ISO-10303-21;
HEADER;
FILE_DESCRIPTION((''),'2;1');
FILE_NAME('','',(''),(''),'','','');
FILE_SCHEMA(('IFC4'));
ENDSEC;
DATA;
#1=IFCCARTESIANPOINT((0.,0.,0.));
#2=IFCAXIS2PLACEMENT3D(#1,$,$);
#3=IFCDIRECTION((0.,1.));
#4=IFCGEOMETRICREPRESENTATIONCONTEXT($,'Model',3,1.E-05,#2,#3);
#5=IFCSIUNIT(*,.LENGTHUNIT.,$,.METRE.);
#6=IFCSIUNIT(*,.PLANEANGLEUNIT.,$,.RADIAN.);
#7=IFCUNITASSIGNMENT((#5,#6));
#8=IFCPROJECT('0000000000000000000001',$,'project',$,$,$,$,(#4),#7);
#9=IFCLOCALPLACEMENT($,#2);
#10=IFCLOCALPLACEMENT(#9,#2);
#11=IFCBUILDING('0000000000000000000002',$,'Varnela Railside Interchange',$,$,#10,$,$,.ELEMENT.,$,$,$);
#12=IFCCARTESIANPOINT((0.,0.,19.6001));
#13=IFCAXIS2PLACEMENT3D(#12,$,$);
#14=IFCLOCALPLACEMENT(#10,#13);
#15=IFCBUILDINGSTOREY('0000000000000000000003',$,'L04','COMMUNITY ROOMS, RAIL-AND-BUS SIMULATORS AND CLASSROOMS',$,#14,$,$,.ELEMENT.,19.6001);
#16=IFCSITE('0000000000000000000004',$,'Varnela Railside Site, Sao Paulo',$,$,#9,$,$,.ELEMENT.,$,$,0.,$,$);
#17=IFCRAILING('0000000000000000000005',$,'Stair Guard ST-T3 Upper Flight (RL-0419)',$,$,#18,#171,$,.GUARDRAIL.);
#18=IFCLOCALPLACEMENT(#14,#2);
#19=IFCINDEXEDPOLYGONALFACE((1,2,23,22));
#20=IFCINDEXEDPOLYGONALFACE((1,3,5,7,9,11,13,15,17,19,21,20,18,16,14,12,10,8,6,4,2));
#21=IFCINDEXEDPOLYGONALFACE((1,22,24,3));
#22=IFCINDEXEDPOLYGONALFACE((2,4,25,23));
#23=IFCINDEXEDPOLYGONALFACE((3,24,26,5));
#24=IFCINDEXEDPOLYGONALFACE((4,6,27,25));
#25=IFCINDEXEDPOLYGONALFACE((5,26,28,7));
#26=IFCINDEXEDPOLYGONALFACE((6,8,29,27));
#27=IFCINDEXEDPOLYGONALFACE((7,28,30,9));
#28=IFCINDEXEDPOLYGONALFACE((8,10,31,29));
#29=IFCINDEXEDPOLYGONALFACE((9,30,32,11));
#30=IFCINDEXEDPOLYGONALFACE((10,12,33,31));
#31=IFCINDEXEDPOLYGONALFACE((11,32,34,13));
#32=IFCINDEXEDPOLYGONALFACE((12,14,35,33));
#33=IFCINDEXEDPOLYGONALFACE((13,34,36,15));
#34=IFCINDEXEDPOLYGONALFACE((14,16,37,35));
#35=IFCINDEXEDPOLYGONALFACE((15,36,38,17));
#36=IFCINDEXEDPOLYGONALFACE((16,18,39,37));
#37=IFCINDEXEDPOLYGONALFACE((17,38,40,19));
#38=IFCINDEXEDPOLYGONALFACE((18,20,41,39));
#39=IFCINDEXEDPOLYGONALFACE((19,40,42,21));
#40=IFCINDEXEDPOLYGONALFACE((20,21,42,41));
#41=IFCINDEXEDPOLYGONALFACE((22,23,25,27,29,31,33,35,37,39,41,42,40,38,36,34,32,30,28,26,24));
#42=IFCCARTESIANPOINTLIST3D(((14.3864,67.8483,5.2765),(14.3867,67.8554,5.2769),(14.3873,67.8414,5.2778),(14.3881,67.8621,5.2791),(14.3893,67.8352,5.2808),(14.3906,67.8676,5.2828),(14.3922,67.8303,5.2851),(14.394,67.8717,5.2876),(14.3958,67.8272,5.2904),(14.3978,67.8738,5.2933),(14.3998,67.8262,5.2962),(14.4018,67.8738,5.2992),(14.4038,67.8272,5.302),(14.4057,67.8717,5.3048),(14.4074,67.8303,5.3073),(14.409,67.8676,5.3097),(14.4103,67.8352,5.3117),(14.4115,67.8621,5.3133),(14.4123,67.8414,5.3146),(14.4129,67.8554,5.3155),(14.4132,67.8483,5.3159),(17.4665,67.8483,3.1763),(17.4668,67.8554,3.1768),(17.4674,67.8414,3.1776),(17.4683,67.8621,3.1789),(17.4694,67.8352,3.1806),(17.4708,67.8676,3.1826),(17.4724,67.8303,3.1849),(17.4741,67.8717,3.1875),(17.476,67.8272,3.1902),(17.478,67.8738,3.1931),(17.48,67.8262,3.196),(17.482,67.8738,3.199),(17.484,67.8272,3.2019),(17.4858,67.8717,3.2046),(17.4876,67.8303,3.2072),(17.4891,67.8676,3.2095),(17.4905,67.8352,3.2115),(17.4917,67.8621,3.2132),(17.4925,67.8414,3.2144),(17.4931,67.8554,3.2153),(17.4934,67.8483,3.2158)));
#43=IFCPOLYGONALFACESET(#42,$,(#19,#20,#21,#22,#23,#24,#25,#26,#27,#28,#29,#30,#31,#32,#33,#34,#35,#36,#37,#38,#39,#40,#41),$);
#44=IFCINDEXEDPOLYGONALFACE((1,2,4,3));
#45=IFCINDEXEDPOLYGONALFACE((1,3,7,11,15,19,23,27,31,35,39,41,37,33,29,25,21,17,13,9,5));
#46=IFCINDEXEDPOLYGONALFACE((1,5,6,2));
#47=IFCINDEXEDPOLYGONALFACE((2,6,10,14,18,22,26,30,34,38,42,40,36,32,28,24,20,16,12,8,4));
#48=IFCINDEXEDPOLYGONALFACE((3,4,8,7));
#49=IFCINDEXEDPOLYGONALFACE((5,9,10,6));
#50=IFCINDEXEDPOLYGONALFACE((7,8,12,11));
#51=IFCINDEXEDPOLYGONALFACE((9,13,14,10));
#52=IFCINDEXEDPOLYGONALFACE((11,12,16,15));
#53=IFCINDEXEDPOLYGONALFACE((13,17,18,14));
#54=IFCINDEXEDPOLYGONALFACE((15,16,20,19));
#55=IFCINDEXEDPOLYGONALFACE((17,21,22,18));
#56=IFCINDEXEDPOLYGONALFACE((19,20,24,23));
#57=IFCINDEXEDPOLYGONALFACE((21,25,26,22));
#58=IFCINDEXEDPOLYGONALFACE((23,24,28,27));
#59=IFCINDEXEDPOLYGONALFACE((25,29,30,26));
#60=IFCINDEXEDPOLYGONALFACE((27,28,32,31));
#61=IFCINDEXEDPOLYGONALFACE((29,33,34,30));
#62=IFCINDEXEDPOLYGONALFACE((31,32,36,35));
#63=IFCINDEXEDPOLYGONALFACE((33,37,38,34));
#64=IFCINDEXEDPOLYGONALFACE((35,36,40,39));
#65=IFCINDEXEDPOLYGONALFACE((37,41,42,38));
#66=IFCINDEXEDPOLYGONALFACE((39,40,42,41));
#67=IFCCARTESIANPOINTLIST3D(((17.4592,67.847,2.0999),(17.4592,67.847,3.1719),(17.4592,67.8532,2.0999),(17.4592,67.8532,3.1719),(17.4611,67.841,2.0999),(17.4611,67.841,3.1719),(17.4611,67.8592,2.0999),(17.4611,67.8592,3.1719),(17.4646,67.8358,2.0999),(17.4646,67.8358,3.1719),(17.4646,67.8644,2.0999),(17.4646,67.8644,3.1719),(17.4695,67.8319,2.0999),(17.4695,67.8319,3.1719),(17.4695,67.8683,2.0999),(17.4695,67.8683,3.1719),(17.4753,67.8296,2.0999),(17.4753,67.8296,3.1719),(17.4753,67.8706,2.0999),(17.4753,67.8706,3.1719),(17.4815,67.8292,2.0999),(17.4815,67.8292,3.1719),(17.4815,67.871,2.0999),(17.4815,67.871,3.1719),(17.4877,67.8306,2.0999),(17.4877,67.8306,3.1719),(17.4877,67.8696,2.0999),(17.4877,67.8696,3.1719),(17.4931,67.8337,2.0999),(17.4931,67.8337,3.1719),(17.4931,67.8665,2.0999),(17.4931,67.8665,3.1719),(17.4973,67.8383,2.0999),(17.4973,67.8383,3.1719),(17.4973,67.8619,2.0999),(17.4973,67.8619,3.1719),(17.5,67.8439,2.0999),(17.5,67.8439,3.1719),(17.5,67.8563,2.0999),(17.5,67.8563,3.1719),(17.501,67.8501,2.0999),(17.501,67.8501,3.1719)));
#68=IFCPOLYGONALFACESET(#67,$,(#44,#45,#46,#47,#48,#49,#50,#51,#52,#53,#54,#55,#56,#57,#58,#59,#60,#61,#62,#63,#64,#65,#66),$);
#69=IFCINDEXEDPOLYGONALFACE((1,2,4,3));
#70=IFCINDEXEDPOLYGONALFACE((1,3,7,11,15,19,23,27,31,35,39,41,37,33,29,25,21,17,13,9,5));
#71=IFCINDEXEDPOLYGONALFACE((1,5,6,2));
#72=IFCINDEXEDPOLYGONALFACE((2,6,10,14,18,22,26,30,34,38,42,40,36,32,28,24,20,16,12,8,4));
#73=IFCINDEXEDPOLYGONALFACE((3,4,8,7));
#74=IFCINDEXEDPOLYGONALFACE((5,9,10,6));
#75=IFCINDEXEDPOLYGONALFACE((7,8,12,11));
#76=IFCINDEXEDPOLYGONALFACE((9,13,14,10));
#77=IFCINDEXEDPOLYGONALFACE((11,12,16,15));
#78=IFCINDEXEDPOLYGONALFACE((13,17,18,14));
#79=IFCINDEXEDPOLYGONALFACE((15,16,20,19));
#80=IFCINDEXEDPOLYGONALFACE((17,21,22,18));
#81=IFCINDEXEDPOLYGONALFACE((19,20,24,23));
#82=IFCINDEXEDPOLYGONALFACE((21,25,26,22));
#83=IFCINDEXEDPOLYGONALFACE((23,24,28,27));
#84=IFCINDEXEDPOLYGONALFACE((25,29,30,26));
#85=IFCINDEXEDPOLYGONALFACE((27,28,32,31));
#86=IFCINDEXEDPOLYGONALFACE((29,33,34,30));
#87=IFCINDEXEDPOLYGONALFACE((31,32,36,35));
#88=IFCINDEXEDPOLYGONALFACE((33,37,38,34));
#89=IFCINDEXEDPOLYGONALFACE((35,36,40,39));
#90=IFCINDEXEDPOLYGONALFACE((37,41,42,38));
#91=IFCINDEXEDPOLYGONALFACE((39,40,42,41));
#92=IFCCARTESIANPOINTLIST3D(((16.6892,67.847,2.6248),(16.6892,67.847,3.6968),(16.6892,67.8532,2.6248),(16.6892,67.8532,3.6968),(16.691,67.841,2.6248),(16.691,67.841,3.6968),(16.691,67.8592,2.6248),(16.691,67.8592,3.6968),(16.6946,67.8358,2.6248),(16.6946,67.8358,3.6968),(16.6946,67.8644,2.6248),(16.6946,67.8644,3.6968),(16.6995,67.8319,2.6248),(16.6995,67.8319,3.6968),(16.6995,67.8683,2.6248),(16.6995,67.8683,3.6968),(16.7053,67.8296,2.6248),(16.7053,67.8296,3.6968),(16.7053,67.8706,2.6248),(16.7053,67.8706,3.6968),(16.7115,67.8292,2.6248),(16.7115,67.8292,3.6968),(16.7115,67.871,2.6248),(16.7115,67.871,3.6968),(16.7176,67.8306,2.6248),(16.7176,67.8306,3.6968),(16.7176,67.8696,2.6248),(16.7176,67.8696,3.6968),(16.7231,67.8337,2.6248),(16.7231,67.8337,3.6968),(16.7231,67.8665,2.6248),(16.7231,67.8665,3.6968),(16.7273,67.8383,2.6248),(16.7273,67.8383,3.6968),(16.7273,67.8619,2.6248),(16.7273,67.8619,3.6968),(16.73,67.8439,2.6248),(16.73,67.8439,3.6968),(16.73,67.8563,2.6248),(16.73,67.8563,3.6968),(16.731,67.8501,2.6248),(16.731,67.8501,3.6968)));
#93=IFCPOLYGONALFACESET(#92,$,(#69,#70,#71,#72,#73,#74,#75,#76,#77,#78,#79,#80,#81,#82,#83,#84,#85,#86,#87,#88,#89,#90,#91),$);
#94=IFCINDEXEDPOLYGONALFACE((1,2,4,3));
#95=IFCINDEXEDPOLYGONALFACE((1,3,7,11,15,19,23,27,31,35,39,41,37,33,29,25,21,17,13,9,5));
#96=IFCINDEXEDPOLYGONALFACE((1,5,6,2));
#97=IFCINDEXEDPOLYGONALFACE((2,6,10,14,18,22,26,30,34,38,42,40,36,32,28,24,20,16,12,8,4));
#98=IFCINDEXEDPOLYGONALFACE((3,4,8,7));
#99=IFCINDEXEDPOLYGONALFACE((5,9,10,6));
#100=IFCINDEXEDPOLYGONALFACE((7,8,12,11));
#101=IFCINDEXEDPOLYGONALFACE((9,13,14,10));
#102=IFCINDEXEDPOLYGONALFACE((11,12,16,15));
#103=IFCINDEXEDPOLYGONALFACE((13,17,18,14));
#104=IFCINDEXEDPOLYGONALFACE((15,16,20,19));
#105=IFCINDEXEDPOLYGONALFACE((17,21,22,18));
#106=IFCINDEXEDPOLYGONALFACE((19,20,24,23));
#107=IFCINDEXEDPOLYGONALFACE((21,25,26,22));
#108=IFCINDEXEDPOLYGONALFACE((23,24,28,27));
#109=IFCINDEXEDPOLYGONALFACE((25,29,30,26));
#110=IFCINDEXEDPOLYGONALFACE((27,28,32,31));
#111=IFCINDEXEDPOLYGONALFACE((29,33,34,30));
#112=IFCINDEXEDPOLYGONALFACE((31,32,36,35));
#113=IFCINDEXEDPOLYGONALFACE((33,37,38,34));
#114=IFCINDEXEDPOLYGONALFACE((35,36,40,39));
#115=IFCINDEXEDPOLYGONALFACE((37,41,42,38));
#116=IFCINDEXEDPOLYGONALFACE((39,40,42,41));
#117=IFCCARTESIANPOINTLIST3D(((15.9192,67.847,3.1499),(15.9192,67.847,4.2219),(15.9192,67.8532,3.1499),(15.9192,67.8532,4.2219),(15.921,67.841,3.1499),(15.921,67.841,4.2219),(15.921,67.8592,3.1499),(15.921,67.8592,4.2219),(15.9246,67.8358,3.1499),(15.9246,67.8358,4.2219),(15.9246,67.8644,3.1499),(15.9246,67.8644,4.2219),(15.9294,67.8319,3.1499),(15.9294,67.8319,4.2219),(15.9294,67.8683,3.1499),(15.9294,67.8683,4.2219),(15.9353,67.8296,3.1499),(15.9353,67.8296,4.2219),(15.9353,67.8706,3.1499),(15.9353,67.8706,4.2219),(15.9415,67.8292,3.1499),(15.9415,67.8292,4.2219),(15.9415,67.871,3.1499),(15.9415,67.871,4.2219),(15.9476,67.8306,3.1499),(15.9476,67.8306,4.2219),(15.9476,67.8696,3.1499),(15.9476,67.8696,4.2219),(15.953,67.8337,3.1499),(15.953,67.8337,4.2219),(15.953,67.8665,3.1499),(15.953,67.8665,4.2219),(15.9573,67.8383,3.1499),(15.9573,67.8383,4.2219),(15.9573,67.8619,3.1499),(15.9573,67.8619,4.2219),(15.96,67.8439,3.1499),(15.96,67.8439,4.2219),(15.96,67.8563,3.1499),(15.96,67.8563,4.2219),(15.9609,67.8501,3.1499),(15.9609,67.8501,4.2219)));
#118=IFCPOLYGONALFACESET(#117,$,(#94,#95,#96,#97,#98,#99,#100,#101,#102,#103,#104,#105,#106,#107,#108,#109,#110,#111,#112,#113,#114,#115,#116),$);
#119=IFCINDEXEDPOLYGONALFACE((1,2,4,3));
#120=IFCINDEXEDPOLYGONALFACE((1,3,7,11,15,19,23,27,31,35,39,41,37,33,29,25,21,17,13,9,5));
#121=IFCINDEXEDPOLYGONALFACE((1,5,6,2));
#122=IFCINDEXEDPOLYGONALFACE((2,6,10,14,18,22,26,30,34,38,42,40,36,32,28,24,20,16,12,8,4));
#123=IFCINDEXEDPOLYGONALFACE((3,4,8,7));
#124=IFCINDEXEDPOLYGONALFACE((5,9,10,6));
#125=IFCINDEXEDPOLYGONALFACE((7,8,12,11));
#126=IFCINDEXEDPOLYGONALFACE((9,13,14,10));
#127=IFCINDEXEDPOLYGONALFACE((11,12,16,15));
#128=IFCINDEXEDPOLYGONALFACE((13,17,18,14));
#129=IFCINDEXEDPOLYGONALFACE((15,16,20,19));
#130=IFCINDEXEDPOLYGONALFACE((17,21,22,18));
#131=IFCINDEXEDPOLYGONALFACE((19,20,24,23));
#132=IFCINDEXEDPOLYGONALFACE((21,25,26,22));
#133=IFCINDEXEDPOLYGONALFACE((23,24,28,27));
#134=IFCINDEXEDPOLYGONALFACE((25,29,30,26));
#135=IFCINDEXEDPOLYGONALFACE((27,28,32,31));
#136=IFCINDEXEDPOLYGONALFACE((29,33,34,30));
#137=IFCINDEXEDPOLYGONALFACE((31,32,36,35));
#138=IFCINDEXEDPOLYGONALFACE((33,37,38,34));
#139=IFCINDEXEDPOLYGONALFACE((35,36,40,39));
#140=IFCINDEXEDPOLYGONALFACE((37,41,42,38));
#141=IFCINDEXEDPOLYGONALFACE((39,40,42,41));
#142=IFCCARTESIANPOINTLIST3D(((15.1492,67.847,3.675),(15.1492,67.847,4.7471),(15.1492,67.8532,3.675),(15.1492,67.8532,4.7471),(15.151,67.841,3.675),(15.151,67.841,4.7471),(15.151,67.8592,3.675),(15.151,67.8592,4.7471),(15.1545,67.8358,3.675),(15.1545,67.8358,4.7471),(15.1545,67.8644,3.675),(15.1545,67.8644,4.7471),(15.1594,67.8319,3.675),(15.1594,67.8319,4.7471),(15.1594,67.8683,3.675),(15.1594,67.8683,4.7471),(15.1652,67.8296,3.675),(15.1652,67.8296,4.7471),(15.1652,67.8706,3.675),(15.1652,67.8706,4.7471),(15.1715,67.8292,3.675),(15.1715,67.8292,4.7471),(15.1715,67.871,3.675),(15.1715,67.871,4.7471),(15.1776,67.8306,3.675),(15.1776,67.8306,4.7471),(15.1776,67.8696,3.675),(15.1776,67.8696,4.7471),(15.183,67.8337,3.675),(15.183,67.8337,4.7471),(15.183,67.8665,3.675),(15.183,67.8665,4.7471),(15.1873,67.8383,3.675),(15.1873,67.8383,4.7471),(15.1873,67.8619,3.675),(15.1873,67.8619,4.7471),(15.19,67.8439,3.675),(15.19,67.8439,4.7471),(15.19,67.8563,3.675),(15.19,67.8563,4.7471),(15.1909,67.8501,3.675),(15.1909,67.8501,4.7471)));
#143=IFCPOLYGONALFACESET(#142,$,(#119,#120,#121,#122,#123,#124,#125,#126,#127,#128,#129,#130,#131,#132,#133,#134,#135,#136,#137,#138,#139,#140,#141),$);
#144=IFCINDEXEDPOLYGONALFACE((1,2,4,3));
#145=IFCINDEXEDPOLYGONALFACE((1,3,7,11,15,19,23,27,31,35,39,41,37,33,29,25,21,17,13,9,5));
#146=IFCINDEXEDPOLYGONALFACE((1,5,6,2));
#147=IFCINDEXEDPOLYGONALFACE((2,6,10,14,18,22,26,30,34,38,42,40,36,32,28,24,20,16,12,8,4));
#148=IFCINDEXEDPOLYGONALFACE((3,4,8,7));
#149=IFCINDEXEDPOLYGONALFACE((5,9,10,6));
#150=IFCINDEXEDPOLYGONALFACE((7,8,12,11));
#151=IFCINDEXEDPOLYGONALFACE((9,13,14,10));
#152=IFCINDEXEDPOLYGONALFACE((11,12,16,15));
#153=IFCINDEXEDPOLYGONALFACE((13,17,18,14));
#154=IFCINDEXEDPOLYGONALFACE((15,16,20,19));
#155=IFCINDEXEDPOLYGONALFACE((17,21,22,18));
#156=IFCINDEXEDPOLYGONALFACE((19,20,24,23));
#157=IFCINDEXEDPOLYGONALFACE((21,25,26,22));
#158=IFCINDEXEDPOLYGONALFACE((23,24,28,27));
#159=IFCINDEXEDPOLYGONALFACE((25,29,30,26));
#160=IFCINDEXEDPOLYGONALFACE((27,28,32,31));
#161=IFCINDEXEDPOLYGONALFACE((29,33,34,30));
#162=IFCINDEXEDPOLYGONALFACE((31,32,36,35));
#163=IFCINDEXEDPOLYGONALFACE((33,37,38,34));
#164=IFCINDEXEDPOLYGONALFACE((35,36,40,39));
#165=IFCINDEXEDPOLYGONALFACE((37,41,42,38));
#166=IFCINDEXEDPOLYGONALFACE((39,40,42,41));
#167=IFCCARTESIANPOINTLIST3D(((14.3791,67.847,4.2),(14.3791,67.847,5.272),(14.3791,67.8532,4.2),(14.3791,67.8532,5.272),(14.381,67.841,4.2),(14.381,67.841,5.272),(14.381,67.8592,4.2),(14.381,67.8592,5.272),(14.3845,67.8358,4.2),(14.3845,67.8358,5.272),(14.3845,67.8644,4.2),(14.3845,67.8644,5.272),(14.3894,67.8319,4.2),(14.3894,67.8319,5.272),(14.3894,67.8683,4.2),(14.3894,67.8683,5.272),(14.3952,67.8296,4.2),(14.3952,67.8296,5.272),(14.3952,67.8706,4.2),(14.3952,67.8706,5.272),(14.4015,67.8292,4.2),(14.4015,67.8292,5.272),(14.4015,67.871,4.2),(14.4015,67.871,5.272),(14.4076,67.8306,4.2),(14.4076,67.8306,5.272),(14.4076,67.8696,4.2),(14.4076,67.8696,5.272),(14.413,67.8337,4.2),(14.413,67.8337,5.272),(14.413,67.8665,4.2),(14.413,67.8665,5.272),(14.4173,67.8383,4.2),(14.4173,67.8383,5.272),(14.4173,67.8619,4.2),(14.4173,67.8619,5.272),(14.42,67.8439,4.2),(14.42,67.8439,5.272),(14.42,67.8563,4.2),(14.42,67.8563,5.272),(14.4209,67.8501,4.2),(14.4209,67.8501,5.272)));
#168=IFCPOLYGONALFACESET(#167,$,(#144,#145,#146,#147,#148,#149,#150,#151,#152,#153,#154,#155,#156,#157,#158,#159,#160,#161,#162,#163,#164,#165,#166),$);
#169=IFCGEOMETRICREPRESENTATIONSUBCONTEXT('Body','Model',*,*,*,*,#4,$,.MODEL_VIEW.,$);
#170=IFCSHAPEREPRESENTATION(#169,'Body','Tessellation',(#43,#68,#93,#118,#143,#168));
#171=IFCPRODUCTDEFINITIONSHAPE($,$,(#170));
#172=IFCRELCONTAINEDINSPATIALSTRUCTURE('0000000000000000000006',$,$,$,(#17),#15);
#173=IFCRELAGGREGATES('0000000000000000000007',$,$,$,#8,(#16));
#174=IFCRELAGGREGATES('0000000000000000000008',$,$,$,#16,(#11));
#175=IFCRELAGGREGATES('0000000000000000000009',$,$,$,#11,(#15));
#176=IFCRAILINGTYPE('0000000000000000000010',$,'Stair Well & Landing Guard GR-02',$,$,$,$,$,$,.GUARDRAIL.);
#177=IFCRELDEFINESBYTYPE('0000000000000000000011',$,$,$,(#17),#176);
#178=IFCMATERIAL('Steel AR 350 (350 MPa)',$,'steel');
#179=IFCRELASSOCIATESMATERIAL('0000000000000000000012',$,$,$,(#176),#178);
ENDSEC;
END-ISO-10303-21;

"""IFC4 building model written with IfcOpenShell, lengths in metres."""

from ifc_helpers import new_model, si_unit, direction, frame, origin, origin_2d, place, context, subcontext, project, spatial, circle, extrude, material, type_object, element, save


model = new_model("IFC4")

# Units and contexts
model_context = context("Model", 3, precision=1e-05, world=origin(), true_north=direction((0.0, 1.0)))
body_context = subcontext(model_context, "Body", "Model", "MODEL_VIEW")
ifc_project = project(units=[si_unit("LENGTHUNIT", "METRE"), si_unit("PLANEANGLEUNIT", "RADIAN")], contexts=[model_context])

# Site, building, storey
site_placement = place(None, origin())
site = spatial("IfcSite", under=ifc_project, at=site_placement, Name="Varnela Railside Site, Sao Paulo", CompositionType="ELEMENT", RefElevation=0.0)
building_placement = place(site_placement, origin())
building = spatial("IfcBuilding", under=site, at=building_placement, Name="Varnela Railside Interchange", CompositionType="ELEMENT")
storey_placement = place(building_placement, frame((0.0, 0.0, 19.6001)))
storey = spatial("IfcBuildingStorey", under=building, at=storey_placement, Name="L04", Description="COMMUNITY ROOMS, RAIL-AND-BUS SIMULATORS AND CLASSROOMS", CompositionType="ELEMENT", Elevation=19.6001)

# Shared definitions
ifc_material_1 = material(Name="Steel AR 350 (350 MPa)", Category="steel")

# Railing
railing_type = type_object("IfcRailingType", Name="Stair Well & Landing Guard GR-02", PredefinedType="GUARDRAIL", material=ifc_material_1)
railing_placement = place(storey_placement, frame((17.48, 67.8501, 2.0999)))
element("IfcRailing", 1, at=railing_placement, inside=storey, type_object=railing_type, Name="Stair Guard ST-T3 Upper Flight (RL-0419)", PredefinedType="GUARDRAIL", context=body_context, shape_type="SweptSolid", body=[
    extrude(circle(Radius=0.0239, at=origin_2d()), frame((0.0, 0.0, 1.0962), z_axis=(-0.826222, 0.0, 0.563345), x_axis=(0.0, -1.0, 0.0)), (0.0, 0.0, 1.0), 3.728),
    extrude(circle(Radius=0.021, at=origin_2d()), origin(), (0.0, 0.0, 1.0), 1.072),
    extrude(circle(Radius=0.021, at=origin_2d()), frame((-0.77, 0.0, 0.5249)), (0.0, 0.0, 1.0), 1.072),
    extrude(circle(Radius=0.021, at=origin_2d()), frame((-1.54, 0.0, 1.05)), (0.0, 0.0, 1.0), 1.072),
    extrude(circle(Radius=0.021, at=origin_2d()), frame((-2.3101, 0.0, 1.5752)), (0.0, 0.0, 1.0), 1.072),
    extrude(circle(Radius=0.021, at=origin_2d()), frame((-3.0801, 0.0, 2.1001)), (0.0, 0.0, 1.0), 1.072),
])

save(model, "model.ifc")
